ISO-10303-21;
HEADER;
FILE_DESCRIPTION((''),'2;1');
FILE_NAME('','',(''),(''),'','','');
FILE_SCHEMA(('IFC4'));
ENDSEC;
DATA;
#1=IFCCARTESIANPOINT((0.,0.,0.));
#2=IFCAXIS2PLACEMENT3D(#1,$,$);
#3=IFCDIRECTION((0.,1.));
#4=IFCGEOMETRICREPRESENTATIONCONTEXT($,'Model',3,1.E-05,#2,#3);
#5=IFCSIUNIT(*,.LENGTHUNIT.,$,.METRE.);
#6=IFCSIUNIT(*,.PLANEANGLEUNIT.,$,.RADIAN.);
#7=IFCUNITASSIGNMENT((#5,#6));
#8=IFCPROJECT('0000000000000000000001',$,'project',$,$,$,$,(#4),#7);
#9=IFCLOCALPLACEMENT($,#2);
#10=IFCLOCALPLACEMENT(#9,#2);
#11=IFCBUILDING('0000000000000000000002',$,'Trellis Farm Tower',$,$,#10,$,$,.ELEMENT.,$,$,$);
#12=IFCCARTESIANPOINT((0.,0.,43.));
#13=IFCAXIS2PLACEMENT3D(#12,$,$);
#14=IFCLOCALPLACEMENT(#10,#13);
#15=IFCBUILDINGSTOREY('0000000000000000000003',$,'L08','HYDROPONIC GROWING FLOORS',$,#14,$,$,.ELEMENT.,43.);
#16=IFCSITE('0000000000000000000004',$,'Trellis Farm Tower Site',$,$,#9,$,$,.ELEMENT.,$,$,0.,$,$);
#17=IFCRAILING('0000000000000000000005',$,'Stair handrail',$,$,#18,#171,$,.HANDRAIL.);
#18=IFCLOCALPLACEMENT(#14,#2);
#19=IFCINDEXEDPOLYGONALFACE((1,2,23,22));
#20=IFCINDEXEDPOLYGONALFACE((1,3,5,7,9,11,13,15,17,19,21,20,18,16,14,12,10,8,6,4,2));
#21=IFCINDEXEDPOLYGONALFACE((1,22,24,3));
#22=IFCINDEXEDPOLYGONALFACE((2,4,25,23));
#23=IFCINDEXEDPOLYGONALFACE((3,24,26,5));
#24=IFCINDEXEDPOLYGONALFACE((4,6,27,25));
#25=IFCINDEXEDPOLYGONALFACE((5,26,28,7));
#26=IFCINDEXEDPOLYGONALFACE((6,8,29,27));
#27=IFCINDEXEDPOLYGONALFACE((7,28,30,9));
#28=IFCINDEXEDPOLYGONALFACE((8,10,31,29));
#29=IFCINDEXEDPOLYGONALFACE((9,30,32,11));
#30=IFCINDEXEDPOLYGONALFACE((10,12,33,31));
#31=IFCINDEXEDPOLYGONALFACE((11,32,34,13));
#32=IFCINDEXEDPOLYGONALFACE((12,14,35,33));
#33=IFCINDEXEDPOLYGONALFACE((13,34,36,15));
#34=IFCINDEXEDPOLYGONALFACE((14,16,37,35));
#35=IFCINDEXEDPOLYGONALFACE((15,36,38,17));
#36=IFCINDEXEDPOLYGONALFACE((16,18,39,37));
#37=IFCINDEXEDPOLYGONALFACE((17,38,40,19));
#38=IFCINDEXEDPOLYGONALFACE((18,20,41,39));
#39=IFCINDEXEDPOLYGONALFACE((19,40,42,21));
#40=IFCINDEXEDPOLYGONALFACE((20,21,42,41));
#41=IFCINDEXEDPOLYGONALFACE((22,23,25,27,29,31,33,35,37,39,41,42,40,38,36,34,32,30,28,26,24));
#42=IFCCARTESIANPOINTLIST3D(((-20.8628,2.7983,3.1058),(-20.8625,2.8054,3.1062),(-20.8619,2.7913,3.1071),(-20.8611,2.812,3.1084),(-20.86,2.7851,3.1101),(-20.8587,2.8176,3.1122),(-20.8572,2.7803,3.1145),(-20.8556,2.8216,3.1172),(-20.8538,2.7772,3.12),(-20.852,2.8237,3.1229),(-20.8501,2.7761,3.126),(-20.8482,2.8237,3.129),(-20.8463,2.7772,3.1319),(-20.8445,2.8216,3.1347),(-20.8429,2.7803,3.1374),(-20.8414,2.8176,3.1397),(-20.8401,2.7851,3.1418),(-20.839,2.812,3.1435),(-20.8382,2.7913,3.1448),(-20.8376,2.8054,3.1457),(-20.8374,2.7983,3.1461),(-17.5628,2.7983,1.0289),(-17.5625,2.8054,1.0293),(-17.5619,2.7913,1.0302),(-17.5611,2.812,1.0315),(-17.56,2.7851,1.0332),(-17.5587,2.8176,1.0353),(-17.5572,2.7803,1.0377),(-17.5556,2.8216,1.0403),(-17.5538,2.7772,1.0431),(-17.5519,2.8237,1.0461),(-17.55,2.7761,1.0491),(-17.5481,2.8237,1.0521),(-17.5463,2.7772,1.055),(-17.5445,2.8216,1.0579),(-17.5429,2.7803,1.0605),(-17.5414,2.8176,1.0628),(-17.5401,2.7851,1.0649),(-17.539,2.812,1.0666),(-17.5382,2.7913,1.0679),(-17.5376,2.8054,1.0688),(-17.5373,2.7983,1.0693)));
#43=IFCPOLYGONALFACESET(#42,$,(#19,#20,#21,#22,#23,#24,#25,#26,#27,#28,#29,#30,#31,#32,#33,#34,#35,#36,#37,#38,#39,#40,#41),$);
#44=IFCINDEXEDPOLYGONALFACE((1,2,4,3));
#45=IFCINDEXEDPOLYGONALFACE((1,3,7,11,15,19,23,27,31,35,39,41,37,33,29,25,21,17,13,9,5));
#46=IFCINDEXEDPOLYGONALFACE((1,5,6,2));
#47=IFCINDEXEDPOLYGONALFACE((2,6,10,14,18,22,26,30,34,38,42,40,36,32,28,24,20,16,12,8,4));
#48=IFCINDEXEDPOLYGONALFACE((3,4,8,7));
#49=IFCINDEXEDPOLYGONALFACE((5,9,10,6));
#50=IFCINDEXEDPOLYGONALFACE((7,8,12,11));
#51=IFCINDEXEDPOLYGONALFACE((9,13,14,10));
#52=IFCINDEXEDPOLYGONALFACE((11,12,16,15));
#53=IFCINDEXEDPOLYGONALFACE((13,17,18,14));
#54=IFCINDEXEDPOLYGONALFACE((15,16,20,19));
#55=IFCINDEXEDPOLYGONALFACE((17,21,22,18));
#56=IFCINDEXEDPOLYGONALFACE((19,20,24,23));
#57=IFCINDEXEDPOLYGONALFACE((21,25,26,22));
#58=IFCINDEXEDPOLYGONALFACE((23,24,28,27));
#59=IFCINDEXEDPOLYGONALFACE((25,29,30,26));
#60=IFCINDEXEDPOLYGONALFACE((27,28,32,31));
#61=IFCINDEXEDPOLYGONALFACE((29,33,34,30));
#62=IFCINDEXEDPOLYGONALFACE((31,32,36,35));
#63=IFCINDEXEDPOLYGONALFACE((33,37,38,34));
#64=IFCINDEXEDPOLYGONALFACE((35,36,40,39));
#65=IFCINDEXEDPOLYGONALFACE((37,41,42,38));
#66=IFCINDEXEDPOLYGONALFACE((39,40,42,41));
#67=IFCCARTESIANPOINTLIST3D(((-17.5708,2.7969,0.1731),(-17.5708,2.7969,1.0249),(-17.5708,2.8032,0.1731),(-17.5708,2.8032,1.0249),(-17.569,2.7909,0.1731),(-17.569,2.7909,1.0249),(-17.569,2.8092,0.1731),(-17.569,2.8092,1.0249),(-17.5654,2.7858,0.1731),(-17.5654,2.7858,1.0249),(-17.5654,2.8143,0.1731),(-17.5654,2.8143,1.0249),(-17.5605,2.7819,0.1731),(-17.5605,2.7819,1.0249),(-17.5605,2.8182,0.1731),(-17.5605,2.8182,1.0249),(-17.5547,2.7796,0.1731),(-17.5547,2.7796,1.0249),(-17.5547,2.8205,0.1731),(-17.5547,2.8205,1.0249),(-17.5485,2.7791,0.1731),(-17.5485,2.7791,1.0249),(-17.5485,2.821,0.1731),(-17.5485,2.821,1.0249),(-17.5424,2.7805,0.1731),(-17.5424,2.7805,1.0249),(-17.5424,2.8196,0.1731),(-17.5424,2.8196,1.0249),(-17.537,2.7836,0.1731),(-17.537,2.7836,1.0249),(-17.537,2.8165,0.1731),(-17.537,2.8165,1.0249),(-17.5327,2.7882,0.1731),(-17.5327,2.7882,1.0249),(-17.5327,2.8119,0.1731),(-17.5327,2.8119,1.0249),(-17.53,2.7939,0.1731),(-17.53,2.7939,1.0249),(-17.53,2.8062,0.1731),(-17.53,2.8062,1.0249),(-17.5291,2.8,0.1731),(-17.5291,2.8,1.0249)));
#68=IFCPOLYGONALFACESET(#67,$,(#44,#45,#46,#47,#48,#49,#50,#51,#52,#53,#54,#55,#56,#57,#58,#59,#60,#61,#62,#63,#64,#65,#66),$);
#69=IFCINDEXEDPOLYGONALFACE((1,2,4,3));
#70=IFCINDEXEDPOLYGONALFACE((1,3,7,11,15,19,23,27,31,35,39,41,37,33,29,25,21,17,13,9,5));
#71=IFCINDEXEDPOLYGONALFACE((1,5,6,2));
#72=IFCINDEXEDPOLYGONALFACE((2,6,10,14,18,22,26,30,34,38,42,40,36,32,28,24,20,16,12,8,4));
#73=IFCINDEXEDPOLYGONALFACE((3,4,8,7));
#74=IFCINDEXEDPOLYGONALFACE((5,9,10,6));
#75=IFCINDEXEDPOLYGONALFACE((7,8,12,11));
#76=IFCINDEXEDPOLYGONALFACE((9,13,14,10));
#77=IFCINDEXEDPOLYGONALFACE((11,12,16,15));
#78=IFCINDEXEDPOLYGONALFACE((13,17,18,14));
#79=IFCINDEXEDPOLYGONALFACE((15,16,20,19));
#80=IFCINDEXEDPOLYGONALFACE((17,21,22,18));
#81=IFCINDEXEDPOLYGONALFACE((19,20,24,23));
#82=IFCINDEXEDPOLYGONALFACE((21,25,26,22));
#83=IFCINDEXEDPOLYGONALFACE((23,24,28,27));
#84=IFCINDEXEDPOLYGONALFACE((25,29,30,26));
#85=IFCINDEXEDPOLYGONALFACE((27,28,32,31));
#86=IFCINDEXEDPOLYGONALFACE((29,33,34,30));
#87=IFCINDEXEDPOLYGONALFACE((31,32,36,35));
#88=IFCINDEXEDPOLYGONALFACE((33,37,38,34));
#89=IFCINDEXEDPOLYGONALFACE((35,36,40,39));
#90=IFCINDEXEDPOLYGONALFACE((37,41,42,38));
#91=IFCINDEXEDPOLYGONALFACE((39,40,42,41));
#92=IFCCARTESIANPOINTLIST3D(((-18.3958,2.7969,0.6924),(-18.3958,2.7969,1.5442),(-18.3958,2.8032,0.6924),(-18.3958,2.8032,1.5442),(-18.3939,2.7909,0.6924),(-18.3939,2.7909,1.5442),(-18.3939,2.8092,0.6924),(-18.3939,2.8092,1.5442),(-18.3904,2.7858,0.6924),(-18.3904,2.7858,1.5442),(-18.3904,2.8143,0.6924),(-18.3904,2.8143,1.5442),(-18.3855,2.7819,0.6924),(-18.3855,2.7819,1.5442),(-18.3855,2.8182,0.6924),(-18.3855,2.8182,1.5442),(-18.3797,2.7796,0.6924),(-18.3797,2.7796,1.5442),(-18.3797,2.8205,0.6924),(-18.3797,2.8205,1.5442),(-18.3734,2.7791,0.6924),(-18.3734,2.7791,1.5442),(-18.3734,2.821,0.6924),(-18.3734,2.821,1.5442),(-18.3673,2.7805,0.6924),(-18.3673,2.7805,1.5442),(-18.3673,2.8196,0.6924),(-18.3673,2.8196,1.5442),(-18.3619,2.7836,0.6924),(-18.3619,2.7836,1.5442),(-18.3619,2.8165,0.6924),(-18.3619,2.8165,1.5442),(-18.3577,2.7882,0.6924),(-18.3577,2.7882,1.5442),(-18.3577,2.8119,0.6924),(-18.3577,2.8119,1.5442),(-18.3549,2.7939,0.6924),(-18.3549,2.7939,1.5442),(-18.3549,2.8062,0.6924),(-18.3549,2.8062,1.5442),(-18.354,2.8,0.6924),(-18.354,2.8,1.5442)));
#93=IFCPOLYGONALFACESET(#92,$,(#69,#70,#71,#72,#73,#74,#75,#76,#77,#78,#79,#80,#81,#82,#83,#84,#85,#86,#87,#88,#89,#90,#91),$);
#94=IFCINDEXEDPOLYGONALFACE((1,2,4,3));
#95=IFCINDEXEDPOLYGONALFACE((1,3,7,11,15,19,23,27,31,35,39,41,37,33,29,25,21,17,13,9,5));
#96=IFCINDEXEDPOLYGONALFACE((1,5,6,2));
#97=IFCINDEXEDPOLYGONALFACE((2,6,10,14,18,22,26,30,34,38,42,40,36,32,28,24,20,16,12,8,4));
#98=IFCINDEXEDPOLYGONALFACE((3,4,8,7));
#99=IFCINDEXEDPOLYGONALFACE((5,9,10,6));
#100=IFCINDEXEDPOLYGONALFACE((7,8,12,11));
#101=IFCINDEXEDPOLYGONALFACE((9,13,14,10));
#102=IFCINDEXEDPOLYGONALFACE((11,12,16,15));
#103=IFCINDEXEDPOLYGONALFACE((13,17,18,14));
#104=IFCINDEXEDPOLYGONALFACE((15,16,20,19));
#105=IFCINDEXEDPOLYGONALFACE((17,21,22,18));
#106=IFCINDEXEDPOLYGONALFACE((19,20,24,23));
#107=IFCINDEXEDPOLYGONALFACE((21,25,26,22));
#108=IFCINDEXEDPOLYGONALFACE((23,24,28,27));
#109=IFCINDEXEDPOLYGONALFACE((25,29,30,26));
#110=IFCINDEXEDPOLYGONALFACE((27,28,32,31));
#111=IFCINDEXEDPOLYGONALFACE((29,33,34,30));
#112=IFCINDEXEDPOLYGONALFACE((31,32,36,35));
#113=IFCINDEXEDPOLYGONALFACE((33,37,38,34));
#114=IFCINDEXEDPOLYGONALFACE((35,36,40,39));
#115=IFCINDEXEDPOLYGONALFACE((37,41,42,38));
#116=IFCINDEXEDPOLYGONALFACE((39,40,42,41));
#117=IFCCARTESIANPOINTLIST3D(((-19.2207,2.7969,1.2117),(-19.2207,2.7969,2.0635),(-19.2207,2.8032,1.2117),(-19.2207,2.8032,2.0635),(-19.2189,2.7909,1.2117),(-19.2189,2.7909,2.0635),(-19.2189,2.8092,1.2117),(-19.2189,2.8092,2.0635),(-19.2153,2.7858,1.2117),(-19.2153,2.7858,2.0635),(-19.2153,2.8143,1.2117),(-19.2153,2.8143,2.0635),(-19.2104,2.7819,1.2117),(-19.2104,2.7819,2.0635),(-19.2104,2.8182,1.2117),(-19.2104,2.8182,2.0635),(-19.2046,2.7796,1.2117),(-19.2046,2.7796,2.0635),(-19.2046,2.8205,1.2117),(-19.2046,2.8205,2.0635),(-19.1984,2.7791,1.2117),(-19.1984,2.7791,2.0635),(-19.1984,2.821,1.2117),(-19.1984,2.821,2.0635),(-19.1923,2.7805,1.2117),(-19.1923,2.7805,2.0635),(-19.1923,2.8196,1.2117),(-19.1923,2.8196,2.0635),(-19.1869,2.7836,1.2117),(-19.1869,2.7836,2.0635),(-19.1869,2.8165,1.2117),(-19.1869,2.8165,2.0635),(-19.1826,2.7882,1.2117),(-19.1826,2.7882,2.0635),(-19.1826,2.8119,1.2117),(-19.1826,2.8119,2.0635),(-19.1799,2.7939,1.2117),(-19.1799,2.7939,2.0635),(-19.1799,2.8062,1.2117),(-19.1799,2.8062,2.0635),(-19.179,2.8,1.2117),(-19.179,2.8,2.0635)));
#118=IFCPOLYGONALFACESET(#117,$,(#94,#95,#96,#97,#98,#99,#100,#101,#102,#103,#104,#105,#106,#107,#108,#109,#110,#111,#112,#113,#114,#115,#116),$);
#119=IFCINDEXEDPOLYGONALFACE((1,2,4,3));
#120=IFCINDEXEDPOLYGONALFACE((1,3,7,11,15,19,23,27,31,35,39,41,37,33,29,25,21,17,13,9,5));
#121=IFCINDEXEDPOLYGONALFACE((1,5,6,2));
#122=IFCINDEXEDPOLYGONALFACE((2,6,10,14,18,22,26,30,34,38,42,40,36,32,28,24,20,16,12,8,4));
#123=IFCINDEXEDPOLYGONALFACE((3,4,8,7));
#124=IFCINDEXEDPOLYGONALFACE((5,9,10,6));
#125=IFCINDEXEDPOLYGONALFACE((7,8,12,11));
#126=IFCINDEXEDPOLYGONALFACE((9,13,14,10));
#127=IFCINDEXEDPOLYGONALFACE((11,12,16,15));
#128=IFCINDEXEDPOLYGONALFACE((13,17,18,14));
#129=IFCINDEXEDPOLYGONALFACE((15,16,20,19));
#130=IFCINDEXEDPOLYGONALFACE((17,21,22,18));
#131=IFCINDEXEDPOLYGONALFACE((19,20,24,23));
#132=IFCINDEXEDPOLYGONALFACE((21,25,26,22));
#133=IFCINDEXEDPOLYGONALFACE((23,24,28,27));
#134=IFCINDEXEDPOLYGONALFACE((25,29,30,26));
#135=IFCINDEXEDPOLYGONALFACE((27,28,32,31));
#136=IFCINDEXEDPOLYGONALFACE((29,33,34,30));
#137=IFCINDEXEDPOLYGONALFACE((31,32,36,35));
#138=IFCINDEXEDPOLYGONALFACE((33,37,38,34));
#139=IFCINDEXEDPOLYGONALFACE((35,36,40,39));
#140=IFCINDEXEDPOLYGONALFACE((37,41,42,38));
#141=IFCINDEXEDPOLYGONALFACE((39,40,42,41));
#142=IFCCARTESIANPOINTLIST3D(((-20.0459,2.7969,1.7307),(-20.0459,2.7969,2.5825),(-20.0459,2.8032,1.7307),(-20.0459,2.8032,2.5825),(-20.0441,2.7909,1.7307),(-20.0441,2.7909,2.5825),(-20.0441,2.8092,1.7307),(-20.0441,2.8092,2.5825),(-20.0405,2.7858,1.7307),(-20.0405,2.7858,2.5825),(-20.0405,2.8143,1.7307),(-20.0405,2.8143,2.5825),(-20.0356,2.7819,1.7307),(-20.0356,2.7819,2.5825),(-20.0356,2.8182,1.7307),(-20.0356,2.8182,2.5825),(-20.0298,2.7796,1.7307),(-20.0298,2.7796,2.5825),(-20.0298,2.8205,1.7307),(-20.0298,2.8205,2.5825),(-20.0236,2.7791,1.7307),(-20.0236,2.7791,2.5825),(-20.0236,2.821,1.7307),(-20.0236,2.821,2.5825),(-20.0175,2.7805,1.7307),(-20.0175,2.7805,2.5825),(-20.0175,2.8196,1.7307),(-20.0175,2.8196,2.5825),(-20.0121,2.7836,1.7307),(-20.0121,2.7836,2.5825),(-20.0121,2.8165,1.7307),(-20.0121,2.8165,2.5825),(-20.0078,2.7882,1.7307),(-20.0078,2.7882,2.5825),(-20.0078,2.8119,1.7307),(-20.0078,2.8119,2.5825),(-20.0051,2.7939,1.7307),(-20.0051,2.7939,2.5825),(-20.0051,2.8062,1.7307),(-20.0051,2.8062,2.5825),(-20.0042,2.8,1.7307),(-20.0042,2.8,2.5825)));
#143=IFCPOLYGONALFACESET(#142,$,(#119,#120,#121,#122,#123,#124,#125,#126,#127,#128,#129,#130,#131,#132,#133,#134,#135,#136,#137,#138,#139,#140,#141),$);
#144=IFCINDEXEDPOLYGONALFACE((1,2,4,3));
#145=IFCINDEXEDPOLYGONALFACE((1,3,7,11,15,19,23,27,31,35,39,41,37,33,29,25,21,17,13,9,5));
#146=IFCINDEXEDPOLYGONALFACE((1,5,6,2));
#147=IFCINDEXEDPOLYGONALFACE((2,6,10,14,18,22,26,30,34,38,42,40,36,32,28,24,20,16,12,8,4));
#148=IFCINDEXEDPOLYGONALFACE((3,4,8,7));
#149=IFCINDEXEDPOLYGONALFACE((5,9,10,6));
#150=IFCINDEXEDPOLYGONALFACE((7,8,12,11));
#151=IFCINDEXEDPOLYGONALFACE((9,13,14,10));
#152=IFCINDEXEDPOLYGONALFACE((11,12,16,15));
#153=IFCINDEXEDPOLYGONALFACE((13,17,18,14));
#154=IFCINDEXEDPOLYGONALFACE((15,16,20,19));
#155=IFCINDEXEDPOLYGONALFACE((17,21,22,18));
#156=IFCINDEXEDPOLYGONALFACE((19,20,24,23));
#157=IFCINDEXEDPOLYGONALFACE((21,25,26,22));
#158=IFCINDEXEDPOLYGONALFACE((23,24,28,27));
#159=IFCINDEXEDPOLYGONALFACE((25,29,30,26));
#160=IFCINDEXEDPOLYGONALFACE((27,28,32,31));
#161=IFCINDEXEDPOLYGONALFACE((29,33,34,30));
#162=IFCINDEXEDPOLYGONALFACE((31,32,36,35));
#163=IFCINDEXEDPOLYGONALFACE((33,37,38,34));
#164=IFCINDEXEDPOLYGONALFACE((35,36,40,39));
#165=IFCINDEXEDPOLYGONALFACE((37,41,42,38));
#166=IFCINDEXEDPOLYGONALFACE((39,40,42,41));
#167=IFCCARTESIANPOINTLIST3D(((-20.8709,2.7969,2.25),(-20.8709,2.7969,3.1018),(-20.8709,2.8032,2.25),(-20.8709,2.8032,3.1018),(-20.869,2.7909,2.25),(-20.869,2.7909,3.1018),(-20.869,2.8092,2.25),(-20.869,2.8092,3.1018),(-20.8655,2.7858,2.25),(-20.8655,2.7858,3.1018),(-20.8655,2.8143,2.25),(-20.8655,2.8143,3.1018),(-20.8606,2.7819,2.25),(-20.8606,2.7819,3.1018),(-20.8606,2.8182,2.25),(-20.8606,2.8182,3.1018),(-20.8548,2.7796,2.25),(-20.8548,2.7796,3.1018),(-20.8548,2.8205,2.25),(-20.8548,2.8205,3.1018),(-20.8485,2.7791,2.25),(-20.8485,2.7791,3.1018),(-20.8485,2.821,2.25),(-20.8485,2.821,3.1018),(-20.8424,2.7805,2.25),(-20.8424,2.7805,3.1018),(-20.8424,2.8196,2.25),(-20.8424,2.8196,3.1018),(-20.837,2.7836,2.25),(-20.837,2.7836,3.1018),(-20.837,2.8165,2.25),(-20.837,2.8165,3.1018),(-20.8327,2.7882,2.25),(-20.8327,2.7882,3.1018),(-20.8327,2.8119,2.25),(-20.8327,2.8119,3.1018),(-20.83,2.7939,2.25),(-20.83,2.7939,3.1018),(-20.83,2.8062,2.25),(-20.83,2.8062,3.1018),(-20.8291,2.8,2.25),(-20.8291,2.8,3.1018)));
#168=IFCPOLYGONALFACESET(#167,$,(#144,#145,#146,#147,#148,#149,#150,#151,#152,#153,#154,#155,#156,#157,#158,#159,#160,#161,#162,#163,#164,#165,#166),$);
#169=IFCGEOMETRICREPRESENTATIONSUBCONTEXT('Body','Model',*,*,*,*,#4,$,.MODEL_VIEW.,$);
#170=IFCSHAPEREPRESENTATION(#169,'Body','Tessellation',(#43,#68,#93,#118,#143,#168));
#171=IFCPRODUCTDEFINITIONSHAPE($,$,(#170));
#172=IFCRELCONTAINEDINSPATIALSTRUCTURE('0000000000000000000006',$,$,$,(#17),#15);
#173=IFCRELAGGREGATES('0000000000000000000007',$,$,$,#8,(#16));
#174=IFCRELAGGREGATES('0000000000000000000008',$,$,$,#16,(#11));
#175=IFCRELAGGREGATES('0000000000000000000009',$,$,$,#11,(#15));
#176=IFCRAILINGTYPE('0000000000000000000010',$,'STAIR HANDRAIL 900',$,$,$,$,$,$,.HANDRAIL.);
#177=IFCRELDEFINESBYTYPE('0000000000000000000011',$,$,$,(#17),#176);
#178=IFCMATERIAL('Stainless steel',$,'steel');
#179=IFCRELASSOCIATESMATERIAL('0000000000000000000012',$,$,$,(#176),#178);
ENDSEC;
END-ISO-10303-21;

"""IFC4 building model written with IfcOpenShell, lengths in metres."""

from ifc_helpers import new_model, si_unit, direction, frame, origin, origin_2d, place, context, subcontext, project, spatial, circle, extrude, source, transform, mapped, material, type_object, element, save


model = new_model("IFC4")

# Units and contexts
model_context = context("Model", 3, precision=1e-05, world=origin(), true_north=direction((0.0, 1.0)))
body_context = subcontext(model_context, "Body", "Model", "MODEL_VIEW")
ifc_project = project(units=[si_unit("LENGTHUNIT", "METRE"), si_unit("PLANEANGLEUNIT", "RADIAN")], contexts=[model_context])

# Site, building, storey
site_placement = place(None, origin())
site = spatial("IfcSite", under=ifc_project, at=site_placement, Name="Trellis Farm Tower Site", CompositionType="ELEMENT", RefElevation=0.0)
building_placement = place(site_placement, origin())
building = spatial("IfcBuilding", under=site, at=building_placement, Name="Trellis Farm Tower", CompositionType="ELEMENT")
storey_placement = place(building_placement, frame((0.0, 0.0, 43.0)))
storey = spatial("IfcBuildingStorey", under=building, at=storey_placement, Name="L08", Description="HYDROPONIC GROWING FLOORS", CompositionType="ELEMENT", Elevation=43.0)

# Shared definitions
ifc_material_1 = material(Name="Stainless steel", Category="steel")

# Railing
railing_type = type_object("IfcRailingType", Name="STAIR HANDRAIL 900", PredefinedType="HANDRAIL", material=ifc_material_1)
shared_shape_1 = source(origin(), body_context, "Body", "SweptSolid", [
    extrude(circle(Radius=0.0239, at=origin_2d()), frame((0.0, 0.0, 0.876), z_axis=(-0.846337, 0.0, 0.532647), x_axis=(0.0, -1.0, 0.0)), (0.0, 0.0, 1.0), 3.8992),
    extrude(circle(Radius=0.021, at=origin_2d()), origin(), (0.0, 0.0, 1.0), 0.8518),
    extrude(circle(Radius=0.021, at=origin_2d()), frame((-0.825, 0.0, 0.5193)), (0.0, 0.0, 1.0), 0.8518),
    extrude(circle(Radius=0.021, at=origin_2d()), frame((-1.6499, 0.0, 1.0386)), (0.0, 0.0, 1.0), 0.8518),
    extrude(circle(Radius=0.021, at=origin_2d()), frame((-2.4751, 0.0, 1.5576)), (0.0, 0.0, 1.0), 0.8518),
    extrude(circle(Radius=0.021, at=origin_2d()), frame((-3.3, 0.0, 2.0769)), (0.0, 0.0, 1.0), 0.8518),
])
for number, where, name in (
    (1, (-17.55, 2.8, 0.1731), "Stair handrail"),
):
    element("IfcRailing", number, at=place(storey_placement, frame(where)), inside=storey, type_object=railing_type, Name=name, PredefinedType="HANDRAIL", context=body_context, shape_type="MappedRepresentation", body=[
        mapped(shared_shape_1, transform((0.0, 0.0, 0.0))),
    ])

save(model, "model.ifc")
